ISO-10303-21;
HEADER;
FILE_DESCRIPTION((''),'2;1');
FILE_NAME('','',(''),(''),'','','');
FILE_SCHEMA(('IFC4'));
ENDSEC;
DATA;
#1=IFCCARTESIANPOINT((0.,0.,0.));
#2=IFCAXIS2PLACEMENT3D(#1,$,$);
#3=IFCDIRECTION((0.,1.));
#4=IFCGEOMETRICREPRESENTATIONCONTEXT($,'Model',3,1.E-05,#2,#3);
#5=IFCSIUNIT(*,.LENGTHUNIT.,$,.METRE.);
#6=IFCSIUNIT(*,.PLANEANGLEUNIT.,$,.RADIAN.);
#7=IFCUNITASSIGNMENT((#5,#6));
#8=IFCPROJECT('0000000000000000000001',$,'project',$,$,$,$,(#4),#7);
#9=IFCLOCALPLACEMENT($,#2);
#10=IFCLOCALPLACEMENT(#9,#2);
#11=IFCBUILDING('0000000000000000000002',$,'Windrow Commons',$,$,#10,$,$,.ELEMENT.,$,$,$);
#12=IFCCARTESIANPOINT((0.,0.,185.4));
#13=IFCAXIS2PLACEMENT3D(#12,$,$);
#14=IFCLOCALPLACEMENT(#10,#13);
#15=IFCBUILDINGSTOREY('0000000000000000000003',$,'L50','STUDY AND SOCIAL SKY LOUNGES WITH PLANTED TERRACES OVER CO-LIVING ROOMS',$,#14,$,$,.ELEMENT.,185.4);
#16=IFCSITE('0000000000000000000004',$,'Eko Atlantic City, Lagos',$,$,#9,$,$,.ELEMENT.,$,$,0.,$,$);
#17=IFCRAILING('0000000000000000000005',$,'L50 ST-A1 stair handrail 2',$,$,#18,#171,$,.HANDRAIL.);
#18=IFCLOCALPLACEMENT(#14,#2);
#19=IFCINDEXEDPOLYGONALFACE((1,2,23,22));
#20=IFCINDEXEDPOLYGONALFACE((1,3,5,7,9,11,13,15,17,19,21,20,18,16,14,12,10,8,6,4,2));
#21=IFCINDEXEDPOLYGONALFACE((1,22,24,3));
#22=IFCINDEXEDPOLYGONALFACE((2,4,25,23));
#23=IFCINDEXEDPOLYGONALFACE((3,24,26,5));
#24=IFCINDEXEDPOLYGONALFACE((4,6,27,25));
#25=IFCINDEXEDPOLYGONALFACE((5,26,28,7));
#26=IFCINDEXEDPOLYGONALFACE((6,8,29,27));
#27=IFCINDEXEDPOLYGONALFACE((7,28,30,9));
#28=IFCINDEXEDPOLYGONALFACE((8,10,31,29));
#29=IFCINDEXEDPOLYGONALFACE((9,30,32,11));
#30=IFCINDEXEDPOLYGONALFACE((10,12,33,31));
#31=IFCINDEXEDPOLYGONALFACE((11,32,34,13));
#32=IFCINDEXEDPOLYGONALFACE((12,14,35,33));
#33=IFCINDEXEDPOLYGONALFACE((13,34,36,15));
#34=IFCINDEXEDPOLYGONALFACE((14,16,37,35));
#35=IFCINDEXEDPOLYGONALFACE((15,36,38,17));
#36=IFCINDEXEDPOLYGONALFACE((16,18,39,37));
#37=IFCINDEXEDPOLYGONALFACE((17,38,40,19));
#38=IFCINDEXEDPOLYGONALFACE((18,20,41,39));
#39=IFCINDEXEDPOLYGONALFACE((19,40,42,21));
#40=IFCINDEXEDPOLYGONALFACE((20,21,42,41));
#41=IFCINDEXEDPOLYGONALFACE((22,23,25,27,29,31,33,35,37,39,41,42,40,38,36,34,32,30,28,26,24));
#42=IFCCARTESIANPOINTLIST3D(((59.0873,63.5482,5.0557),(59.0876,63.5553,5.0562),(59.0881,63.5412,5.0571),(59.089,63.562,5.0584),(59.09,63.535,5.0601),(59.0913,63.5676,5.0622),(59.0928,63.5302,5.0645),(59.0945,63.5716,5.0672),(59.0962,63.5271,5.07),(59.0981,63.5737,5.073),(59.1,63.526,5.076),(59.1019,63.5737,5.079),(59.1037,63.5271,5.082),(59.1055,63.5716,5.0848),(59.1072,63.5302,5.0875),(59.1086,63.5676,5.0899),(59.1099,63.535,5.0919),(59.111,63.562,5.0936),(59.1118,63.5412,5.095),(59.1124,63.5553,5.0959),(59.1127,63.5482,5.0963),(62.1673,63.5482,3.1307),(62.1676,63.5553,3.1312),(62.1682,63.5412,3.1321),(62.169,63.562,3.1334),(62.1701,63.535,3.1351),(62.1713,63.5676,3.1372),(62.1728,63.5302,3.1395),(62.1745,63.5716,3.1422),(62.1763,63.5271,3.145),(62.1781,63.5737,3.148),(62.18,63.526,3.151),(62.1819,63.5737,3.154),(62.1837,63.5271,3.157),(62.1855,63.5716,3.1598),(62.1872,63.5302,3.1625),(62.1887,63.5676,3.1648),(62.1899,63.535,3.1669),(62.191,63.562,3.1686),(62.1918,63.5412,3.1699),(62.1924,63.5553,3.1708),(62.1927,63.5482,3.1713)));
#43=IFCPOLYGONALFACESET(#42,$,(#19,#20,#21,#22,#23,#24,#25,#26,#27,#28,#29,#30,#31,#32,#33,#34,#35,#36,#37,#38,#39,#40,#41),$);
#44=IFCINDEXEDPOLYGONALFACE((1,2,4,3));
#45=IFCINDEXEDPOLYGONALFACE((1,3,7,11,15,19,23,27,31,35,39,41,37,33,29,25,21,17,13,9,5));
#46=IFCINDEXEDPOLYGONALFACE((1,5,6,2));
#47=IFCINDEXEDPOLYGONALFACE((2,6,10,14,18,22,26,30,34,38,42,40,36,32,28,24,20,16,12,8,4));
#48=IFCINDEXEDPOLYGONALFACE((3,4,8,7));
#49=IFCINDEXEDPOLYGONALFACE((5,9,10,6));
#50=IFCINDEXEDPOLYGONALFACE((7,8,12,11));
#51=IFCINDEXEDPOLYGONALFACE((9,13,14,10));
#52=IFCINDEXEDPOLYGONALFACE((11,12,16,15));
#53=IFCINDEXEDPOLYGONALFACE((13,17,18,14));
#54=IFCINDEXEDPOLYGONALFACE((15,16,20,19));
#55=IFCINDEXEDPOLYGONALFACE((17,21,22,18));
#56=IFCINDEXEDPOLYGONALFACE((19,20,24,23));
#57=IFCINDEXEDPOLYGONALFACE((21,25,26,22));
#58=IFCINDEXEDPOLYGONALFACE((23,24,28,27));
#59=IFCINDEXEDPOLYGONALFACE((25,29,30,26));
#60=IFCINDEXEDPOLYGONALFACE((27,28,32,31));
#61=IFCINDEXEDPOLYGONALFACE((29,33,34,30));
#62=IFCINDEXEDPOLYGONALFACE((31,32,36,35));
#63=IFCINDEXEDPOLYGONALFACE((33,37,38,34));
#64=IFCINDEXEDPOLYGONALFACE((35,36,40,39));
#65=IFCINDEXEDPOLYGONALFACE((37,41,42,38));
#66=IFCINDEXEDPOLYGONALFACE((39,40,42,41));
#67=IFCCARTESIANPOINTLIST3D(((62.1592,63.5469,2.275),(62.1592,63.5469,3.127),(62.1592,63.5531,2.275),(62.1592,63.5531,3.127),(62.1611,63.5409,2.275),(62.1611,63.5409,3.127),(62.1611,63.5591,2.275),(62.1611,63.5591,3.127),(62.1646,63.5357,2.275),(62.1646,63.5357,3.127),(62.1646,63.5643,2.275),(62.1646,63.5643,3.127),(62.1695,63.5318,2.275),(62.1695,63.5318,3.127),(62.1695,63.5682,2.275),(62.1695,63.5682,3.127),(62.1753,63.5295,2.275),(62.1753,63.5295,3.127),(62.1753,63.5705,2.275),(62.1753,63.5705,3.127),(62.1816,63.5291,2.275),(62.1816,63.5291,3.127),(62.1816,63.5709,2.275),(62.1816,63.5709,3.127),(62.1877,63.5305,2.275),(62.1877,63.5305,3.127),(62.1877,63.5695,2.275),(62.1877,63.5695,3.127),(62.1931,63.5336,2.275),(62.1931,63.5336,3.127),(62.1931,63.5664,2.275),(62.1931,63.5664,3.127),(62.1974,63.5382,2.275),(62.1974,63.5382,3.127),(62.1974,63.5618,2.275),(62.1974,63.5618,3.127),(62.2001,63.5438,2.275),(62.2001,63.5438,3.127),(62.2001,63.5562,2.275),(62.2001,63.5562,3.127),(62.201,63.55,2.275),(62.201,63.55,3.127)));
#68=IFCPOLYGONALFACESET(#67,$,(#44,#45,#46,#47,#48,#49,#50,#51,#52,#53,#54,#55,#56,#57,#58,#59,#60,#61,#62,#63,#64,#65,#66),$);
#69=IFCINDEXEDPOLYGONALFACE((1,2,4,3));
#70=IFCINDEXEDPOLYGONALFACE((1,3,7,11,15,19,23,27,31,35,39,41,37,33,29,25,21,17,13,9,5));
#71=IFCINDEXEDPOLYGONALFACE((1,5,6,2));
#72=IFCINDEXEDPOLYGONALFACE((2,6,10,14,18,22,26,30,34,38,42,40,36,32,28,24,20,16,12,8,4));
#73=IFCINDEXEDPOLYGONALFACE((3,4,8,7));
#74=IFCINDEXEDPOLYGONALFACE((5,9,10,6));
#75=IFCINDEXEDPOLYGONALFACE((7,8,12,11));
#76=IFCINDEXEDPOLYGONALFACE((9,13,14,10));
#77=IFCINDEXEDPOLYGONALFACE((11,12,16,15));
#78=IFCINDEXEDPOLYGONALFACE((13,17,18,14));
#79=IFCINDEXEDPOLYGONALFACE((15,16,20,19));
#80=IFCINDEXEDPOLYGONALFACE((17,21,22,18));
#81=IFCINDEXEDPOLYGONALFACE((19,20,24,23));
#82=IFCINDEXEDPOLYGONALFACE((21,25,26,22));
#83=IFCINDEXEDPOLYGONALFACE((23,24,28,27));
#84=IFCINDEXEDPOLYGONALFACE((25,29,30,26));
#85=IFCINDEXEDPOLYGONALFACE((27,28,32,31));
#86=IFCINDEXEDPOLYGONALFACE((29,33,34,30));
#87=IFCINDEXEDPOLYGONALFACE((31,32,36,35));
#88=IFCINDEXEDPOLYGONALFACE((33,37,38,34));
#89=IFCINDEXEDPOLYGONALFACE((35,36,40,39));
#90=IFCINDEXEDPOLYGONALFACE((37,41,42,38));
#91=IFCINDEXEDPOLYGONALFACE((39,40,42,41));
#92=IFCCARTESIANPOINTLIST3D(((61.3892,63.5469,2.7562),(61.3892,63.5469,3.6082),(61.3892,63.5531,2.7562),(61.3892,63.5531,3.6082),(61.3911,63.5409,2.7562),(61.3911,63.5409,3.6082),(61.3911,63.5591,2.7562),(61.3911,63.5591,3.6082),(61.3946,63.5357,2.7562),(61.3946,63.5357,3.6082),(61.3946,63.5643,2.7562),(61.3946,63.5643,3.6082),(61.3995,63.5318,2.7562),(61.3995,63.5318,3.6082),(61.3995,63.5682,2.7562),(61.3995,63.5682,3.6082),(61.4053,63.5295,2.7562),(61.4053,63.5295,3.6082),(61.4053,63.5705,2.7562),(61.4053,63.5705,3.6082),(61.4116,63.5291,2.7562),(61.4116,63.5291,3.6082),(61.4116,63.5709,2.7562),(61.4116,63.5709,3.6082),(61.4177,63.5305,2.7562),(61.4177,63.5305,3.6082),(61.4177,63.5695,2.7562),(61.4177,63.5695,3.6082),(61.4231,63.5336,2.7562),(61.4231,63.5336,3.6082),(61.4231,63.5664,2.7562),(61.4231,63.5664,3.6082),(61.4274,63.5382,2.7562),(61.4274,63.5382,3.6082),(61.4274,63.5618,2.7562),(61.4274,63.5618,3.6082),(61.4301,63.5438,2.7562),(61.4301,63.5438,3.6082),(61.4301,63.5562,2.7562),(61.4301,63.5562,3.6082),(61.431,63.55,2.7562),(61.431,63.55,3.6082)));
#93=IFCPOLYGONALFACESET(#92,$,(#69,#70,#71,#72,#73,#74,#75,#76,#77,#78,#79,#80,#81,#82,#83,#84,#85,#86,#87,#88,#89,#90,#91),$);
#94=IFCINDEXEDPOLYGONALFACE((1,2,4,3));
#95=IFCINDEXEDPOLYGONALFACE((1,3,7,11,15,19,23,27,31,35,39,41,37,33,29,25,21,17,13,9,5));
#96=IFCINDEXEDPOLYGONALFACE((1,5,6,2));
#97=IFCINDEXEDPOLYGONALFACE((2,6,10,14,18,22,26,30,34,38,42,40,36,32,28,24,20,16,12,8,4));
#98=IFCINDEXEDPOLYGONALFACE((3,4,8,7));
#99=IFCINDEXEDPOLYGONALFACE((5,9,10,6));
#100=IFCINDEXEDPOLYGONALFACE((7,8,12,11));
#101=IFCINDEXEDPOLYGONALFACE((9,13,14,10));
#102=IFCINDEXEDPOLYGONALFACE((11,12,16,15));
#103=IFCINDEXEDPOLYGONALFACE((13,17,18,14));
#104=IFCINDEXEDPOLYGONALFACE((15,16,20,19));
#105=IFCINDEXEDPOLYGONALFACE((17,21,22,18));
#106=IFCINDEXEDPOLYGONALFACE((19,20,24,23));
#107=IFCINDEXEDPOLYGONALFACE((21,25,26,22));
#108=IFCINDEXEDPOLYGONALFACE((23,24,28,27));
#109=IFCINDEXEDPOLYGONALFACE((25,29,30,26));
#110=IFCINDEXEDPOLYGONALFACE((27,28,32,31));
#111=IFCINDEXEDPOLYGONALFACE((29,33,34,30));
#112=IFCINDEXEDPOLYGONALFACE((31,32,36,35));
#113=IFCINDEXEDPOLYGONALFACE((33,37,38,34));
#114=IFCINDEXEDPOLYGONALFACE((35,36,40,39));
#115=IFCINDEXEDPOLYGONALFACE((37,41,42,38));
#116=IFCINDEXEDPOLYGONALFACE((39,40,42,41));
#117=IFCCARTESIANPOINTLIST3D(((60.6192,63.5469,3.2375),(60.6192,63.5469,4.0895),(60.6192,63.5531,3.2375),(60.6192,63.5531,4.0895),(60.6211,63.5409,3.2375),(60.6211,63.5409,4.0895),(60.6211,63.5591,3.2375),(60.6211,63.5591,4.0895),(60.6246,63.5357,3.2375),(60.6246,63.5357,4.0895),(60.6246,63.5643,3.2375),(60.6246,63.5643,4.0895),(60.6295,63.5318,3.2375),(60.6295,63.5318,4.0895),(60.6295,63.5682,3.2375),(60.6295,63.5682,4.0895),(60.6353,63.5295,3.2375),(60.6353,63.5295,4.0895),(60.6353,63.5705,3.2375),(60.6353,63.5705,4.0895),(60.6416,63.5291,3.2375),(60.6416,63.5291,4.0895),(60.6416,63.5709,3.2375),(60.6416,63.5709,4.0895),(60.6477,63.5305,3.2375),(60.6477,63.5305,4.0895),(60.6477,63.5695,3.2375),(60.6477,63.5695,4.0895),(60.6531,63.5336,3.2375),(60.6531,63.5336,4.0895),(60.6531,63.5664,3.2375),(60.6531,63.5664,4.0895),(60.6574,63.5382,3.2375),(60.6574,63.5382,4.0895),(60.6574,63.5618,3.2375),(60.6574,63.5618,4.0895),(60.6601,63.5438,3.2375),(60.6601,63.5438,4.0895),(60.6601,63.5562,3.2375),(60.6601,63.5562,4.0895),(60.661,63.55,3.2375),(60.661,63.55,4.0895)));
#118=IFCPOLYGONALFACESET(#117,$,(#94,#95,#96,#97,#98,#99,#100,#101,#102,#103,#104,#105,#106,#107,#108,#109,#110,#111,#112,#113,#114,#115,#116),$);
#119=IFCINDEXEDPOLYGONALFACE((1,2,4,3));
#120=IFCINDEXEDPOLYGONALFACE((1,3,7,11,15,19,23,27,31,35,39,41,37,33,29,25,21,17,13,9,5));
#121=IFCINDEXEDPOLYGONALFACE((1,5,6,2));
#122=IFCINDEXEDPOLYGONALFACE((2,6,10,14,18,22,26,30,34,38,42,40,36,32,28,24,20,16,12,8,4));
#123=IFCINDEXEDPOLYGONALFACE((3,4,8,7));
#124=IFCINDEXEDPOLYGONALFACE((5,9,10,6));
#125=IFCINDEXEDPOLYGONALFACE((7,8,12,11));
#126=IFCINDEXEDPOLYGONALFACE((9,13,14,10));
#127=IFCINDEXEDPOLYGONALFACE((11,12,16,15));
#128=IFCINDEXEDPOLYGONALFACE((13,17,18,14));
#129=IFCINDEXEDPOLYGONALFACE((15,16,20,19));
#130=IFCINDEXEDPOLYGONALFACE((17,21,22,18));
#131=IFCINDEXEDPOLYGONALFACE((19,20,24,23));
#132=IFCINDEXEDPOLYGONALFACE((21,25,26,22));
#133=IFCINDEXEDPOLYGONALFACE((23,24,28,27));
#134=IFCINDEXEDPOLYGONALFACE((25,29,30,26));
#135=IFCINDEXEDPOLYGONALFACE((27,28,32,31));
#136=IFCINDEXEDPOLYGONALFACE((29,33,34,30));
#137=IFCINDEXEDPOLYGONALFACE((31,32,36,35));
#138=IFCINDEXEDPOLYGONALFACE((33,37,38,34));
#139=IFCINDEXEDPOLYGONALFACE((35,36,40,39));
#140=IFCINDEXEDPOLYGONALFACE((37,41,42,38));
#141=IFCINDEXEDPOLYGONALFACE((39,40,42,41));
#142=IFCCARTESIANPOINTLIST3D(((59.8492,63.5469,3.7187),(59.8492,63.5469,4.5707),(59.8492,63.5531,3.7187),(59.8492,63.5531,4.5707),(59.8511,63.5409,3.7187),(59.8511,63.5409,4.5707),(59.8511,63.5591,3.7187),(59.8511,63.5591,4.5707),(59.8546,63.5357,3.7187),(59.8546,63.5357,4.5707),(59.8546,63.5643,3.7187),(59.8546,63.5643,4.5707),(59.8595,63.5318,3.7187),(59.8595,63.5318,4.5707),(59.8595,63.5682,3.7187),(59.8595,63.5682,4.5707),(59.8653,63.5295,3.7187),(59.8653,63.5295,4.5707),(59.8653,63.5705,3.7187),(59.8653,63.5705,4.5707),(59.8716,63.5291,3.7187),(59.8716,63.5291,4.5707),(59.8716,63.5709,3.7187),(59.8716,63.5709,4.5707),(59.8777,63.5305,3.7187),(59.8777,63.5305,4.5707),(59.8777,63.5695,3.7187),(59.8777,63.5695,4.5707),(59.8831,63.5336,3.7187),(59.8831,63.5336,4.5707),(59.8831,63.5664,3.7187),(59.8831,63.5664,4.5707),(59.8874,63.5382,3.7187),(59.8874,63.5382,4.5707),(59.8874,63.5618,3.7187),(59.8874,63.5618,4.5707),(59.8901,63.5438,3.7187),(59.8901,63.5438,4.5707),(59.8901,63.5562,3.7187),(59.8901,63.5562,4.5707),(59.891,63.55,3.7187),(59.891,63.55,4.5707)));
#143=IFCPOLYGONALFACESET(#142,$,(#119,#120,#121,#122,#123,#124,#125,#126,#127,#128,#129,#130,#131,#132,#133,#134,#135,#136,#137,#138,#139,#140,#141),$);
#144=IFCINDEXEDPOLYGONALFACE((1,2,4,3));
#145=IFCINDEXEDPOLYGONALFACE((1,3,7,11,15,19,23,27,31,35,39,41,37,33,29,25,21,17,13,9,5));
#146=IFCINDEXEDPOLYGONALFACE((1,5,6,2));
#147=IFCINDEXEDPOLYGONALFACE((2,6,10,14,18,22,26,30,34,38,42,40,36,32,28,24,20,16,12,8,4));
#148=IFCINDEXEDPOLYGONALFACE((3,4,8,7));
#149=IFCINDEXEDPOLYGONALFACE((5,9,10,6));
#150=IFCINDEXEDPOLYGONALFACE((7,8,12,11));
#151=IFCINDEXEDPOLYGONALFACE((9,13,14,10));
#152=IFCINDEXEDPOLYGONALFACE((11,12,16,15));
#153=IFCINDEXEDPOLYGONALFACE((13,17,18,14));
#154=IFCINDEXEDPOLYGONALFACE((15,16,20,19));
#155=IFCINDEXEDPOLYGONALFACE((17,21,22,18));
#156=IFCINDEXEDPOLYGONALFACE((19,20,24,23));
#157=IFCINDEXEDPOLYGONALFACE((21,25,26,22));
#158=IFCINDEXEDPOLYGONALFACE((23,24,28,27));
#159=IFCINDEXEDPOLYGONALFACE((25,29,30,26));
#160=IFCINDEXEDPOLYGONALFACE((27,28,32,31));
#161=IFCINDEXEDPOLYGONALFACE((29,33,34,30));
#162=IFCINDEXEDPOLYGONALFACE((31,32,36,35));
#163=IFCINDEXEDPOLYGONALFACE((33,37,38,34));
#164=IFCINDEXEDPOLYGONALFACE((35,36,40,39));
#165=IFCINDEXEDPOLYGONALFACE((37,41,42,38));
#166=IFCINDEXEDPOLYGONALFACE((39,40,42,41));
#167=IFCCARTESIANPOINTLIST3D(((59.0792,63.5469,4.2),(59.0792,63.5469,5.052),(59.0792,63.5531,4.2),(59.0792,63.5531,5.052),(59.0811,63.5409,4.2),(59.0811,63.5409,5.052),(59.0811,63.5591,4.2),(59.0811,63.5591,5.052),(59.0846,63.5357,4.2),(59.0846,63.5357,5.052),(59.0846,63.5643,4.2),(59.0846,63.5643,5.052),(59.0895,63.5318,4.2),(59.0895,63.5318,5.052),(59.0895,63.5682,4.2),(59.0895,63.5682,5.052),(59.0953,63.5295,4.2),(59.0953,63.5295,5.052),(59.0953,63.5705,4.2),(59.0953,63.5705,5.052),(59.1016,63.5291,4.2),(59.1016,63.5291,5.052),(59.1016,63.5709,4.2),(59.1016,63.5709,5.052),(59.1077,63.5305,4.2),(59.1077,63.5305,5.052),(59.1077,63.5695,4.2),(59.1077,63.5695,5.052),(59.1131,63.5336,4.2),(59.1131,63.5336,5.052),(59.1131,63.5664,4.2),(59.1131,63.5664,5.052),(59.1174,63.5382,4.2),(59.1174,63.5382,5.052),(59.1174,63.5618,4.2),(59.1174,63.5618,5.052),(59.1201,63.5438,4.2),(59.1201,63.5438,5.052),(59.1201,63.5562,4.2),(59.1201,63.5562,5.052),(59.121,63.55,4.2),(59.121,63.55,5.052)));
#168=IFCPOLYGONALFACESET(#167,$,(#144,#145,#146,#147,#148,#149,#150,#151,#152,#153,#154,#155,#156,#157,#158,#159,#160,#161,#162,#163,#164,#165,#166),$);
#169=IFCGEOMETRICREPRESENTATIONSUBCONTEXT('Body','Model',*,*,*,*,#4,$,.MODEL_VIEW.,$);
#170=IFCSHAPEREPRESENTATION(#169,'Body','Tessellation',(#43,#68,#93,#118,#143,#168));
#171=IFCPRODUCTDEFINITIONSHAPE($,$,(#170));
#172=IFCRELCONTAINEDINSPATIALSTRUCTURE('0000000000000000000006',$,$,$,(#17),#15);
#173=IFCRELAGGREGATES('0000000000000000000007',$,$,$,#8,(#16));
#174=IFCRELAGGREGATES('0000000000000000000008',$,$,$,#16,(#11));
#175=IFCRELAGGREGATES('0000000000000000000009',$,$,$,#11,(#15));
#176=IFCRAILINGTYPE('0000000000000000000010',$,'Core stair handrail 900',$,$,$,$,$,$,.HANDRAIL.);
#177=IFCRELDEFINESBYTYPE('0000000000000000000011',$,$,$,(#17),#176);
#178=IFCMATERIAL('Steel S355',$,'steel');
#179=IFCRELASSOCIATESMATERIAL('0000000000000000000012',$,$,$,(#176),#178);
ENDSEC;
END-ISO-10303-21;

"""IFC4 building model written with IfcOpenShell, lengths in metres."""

from ifc_helpers import new_model, si_unit, direction, frame, origin, origin_2d, place, context, subcontext, project, spatial, circle, extrude, material, type_object, element, save


model = new_model("IFC4")

# Units and contexts
model_context = context("Model", 3, precision=1e-05, world=origin(), true_north=direction((0.0, 1.0)))
body_context = subcontext(model_context, "Body", "Model", "MODEL_VIEW")
ifc_project = project(units=[si_unit("LENGTHUNIT", "METRE"), si_unit("PLANEANGLEUNIT", "RADIAN")], contexts=[model_context])

# Site, building, storey
site_placement = place(None, origin())
site = spatial("IfcSite", under=ifc_project, at=site_placement, Name="Eko Atlantic City, Lagos", CompositionType="ELEMENT", RefElevation=0.0)
building_placement = place(site_placement, origin())
building = spatial("IfcBuilding", under=site, at=building_placement, Name="Windrow Commons", CompositionType="ELEMENT")
storey_placement = place(building_placement, frame((0.0, 0.0, 185.4)))
storey = spatial("IfcBuildingStorey", under=building, at=storey_placement, Name="L50", Description="STUDY AND SOCIAL SKY LOUNGES WITH PLANTED TERRACES OVER CO-LIVING ROOMS", CompositionType="ELEMENT", Elevation=185.4)

# Railing
ifc_material_1 = material(Name="Steel S355", Category="steel")
railing_type_1 = type_object("IfcRailingType", Name="Core stair handrail 900", PredefinedType="HANDRAIL", material=ifc_material_1)
railing_1_placement = place(storey_placement, frame((62.18, 63.55, 2.275)))
element("IfcRailing", 1, at=railing_1_placement, inside=storey, type_object=railing_type_1, Name="L50 ST-A1 stair handrail 2", PredefinedType="HANDRAIL", context=body_context, shape_type="SweptSolid", body=[
    extrude(circle(Radius=0.024, at=origin_2d()), frame((0.0, 0.0, 0.876), z_axis=(-0.847998, 0.0, 0.529999), x_axis=(0.0, -1.0, 0.0)), (0.0, 0.0, 1.0), 3.6321),
    extrude(circle(Radius=0.021, at=origin_2d()), origin(), (0.0, 0.0, 1.0), 0.852),
    extrude(circle(Radius=0.021, at=origin_2d()), frame((-0.77, 0.0, 0.4812)), (0.0, 0.0, 1.0), 0.852),
    extrude(circle(Radius=0.021, at=origin_2d()), frame((-1.54, 0.0, 0.9625)), (0.0, 0.0, 1.0), 0.852),
    extrude(circle(Radius=0.021, at=origin_2d()), frame((-2.31, 0.0, 1.4437)), (0.0, 0.0, 1.0), 0.852),
    extrude(circle(Radius=0.021, at=origin_2d()), frame((-3.08, 0.0, 1.925)), (0.0, 0.0, 1.0), 0.852),
])

save(model, "model.ifc")
